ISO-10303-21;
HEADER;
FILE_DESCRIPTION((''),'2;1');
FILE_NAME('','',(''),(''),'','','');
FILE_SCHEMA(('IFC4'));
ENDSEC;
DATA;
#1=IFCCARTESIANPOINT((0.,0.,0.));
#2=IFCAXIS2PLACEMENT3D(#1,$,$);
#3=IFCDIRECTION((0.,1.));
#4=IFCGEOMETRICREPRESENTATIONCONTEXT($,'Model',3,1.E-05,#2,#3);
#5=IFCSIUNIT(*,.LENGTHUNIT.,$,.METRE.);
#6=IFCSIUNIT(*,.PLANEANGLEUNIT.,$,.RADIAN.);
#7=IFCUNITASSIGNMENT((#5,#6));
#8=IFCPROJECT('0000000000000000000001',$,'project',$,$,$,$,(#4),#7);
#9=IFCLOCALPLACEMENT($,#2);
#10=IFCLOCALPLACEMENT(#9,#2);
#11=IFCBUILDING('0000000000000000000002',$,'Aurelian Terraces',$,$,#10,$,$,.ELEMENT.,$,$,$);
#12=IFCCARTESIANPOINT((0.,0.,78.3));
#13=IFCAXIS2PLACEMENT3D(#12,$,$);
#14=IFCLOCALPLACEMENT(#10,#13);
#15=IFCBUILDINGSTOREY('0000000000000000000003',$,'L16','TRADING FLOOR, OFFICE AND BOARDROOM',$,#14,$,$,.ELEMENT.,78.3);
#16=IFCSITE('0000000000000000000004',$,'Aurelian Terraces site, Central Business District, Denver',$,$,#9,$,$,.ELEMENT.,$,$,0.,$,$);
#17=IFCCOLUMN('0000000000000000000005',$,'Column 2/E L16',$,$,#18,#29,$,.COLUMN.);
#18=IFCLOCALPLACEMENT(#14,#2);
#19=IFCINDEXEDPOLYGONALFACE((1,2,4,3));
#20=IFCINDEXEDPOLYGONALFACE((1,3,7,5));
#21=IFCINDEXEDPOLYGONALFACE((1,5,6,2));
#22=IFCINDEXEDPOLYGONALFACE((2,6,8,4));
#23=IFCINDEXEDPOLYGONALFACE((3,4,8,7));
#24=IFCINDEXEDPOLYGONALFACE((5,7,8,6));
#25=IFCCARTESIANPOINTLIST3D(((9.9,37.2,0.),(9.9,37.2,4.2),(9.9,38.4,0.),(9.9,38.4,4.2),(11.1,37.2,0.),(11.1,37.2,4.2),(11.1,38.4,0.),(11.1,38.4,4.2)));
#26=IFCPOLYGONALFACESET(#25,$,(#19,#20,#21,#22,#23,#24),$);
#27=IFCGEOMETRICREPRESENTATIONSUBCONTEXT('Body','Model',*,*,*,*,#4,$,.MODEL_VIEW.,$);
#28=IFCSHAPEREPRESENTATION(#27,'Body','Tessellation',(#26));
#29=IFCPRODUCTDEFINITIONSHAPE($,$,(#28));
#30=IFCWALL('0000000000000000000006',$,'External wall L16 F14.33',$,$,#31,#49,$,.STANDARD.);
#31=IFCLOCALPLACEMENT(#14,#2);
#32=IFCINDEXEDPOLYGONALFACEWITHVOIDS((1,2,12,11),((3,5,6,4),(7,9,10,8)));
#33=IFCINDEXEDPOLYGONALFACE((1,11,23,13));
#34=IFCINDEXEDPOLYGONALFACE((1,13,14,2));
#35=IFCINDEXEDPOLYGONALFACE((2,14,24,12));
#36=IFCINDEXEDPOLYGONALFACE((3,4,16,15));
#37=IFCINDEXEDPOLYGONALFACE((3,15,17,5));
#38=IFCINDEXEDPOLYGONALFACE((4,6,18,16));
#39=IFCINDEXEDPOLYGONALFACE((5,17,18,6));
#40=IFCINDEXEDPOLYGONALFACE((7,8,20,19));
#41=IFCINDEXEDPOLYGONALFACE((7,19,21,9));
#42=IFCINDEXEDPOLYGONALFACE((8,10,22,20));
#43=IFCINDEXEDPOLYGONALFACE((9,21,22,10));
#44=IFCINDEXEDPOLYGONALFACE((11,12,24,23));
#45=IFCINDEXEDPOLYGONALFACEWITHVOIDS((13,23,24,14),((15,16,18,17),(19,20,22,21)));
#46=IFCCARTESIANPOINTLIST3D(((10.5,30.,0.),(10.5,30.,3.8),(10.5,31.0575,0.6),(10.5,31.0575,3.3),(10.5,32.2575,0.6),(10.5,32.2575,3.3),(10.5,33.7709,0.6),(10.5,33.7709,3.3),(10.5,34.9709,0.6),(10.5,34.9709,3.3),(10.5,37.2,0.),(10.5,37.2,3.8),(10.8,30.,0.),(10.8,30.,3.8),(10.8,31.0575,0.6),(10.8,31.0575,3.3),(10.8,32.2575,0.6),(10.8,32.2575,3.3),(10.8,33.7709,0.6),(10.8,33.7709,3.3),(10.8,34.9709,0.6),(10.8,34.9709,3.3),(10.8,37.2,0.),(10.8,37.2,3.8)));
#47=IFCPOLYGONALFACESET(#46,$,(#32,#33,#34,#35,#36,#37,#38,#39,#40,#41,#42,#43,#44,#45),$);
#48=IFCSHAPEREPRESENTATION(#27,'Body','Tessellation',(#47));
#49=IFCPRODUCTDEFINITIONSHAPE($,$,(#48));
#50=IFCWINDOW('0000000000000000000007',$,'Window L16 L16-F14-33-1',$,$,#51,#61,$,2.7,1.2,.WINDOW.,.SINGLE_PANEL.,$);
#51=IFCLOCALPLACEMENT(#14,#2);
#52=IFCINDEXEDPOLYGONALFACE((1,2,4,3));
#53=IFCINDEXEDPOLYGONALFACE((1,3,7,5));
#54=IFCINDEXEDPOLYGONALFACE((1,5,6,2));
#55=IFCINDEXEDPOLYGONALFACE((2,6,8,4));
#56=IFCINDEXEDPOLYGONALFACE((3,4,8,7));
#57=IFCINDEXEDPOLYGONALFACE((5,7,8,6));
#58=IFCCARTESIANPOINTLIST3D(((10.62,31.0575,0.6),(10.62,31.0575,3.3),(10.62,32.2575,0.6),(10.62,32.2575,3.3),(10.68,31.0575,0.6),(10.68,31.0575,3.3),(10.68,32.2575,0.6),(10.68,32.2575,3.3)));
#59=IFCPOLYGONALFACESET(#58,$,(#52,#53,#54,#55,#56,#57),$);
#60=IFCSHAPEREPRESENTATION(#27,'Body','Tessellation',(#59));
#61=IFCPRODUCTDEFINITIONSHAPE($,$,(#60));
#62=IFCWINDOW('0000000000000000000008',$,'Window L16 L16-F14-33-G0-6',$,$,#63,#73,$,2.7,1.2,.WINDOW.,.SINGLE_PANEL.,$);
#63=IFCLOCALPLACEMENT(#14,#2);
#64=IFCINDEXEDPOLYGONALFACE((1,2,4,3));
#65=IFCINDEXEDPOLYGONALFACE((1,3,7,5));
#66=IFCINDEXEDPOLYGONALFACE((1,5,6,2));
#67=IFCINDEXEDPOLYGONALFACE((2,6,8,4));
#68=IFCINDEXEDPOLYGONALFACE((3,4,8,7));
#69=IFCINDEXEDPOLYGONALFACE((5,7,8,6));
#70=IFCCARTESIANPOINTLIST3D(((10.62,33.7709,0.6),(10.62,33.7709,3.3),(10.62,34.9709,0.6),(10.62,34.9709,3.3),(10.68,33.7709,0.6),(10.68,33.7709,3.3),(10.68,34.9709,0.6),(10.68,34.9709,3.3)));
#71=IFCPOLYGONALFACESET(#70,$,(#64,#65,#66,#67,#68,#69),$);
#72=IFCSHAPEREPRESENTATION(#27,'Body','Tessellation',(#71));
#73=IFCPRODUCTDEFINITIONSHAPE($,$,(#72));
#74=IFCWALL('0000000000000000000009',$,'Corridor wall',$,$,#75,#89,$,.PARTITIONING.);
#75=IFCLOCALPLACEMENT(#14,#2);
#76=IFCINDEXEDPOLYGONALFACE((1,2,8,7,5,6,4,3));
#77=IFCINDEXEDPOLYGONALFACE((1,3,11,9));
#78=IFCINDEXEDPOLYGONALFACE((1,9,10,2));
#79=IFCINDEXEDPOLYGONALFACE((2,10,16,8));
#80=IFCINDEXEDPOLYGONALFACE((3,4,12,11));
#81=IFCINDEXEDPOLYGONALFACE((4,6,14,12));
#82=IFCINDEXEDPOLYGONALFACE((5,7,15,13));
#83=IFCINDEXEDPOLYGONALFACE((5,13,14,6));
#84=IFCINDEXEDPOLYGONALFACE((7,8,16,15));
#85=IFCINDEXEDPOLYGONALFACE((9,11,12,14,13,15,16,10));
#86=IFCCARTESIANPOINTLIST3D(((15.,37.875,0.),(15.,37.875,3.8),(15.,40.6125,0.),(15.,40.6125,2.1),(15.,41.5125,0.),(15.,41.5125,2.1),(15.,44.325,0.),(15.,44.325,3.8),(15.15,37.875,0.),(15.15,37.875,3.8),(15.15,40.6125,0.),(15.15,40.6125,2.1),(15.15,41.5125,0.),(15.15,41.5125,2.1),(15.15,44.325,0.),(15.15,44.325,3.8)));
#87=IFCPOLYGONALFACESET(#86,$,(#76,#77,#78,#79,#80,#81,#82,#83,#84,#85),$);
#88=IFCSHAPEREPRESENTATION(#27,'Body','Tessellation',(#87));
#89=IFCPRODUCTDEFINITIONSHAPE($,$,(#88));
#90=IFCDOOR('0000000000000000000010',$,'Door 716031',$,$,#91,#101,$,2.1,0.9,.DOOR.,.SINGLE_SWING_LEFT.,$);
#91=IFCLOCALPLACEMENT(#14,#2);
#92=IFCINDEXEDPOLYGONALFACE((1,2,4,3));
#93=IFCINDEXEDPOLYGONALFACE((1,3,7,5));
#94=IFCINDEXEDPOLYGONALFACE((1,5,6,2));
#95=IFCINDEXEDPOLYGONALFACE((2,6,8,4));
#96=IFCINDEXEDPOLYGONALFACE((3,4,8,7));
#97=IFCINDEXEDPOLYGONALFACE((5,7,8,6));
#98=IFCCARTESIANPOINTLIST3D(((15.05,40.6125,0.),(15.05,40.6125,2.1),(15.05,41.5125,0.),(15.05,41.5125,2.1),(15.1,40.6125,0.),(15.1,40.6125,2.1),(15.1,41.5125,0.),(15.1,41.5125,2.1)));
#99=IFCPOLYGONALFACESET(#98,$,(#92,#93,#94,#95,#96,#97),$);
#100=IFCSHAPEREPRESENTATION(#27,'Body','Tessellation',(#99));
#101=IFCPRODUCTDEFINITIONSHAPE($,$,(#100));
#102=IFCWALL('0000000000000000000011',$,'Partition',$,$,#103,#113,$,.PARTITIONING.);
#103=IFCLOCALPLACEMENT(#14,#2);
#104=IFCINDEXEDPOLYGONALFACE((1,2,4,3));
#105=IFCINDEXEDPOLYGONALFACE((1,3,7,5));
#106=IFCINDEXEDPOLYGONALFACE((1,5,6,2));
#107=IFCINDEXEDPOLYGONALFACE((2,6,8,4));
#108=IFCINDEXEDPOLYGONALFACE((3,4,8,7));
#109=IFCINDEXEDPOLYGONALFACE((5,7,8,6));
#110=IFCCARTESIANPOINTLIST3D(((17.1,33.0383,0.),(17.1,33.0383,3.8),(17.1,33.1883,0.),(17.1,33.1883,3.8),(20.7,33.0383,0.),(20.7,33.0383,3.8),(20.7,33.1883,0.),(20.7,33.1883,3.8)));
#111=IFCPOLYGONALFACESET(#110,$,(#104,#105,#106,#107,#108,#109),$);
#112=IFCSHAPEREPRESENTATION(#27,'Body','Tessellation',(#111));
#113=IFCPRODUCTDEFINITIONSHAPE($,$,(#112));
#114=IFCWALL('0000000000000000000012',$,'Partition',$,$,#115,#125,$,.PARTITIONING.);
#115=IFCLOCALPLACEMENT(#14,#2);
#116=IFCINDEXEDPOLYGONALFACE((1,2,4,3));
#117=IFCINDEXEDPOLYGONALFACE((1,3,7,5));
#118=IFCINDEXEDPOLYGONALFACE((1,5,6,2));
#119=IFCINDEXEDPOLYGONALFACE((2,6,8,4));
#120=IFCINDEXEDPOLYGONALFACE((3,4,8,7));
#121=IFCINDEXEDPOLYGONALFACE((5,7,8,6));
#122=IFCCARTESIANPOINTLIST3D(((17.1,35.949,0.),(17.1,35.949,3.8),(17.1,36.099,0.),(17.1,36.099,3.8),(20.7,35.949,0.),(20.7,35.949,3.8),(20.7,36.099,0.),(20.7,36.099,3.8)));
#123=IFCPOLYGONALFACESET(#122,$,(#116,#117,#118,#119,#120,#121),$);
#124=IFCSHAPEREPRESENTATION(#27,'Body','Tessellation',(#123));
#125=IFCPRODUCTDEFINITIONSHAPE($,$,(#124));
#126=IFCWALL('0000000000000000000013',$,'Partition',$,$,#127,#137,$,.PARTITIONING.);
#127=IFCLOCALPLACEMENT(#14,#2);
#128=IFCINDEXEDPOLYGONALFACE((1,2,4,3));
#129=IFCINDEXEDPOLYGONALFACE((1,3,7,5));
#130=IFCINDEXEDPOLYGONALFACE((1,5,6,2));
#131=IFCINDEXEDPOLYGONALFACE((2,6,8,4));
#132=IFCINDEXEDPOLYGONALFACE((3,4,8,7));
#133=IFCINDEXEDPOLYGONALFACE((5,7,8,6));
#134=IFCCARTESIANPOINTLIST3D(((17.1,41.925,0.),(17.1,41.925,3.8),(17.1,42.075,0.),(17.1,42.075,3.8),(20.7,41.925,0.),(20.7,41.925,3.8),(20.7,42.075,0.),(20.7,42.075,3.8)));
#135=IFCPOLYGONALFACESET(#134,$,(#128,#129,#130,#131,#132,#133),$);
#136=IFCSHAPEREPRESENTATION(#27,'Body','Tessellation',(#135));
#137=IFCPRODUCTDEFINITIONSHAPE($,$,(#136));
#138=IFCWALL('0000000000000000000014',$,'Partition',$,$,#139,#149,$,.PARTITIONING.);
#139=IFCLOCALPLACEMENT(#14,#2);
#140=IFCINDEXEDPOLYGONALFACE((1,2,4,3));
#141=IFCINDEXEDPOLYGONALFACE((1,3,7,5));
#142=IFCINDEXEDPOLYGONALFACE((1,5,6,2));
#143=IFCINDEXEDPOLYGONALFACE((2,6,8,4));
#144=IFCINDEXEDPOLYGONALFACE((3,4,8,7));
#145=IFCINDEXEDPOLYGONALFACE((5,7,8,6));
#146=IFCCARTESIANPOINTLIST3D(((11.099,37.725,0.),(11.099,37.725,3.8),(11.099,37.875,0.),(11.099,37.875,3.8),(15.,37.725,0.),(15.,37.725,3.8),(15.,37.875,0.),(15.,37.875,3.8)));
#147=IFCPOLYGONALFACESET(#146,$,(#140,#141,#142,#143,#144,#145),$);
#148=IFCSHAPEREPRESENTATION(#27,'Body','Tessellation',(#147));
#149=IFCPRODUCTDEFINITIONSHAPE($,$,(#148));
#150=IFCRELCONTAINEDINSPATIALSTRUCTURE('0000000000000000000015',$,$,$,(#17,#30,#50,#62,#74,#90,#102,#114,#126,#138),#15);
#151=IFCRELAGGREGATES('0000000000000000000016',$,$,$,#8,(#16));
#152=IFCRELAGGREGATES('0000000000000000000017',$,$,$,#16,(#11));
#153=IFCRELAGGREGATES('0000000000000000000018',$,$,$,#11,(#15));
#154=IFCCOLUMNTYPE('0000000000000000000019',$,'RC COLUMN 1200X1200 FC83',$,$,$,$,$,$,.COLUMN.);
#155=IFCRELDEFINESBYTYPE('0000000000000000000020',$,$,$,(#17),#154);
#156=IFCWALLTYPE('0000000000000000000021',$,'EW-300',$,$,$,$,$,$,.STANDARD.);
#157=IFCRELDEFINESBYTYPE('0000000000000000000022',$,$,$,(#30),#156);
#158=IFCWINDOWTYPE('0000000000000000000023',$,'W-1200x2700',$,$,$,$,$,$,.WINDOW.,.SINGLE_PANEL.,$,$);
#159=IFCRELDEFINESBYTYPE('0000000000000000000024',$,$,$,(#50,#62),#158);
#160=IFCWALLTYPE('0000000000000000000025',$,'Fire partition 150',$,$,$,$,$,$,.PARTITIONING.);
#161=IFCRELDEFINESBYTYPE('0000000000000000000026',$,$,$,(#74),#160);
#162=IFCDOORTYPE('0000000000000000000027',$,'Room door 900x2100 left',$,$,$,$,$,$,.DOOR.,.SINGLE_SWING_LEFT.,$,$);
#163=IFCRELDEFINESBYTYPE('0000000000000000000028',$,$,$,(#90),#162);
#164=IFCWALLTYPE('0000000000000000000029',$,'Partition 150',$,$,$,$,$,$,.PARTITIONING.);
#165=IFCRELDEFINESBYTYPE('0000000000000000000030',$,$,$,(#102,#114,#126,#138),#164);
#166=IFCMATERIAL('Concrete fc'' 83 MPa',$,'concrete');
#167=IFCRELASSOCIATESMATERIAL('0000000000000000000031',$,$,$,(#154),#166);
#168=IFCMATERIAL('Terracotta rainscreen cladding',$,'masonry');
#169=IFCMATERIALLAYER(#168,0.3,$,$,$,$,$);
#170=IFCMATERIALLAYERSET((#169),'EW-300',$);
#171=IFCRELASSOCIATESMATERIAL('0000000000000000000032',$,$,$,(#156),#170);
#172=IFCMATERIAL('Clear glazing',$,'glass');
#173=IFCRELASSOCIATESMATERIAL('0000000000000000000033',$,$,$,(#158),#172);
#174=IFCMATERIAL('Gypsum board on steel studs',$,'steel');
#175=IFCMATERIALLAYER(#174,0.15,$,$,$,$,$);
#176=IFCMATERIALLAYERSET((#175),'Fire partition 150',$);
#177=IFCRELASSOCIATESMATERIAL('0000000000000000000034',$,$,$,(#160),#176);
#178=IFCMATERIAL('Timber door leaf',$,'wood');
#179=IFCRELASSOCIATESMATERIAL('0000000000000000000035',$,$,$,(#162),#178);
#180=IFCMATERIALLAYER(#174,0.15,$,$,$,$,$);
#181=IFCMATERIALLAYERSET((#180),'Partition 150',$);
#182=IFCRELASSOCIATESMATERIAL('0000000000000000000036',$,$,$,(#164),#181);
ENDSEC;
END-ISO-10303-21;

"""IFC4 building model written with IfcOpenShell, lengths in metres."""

from ifc_helpers import new_model, si_unit, direction, frame, frame_2d, origin, origin_2d, place, context, subcontext, project, spatial, rectangle, extrude, source, transform, mapped, material, layer, layer_set, material_profile, profile_set, type_object, element, fill, save


model = new_model("IFC4")

# Units and contexts
model_context = context("Model", 3, precision=1e-05, world=origin(), true_north=direction((0.0, 1.0)))
body_context = subcontext(model_context, "Body", "Model", "MODEL_VIEW")
ifc_project = project(units=[si_unit("LENGTHUNIT", "METRE"), si_unit("PLANEANGLEUNIT", "RADIAN")], contexts=[model_context])

# Site, building, storey
site_placement = place(None, origin())
site = spatial("IfcSite", under=ifc_project, at=site_placement, Name="Aurelian Terraces site, Central Business District, Denver", CompositionType="ELEMENT", RefElevation=0.0)
building_placement = place(site_placement, origin())
building = spatial("IfcBuilding", under=site, at=building_placement, Name="Aurelian Terraces", CompositionType="ELEMENT")
storey_placement = place(building_placement, frame((0.0, 0.0, 78.3)))
storey = spatial("IfcBuildingStorey", under=building, at=storey_placement, Name="L16", Description="TRADING FLOOR, OFFICE AND BOARDROOM", CompositionType="ELEMENT", Elevation=78.3)

# Column
ifc_material_1 = material(Name="Concrete fc' 83 MPa", Category="concrete")
ifc_material_profile = material_profile(ifc_material_1, rectangle(XDim=1.2, YDim=1.2, at=origin_2d()))
ifc_profile_set = profile_set([ifc_material_profile], Name="Concrete fc' 83 MPa")
column_type = type_object("IfcColumnType", Name="RC COLUMN 1200X1200 FC83", PredefinedType="COLUMN", material=ifc_profile_set)
shared_shape_1 = source(origin(), body_context, "Body", "SweptSolid", [
    extrude(rectangle(XDim=1.2, YDim=1.2, at=origin_2d()), origin(), (0.0, 0.0, 1.0), 4.2),
])
column_placement = place(storey_placement, frame((10.5, 37.8, 0.0), z_axis=(0.0, 0.0, 1.0), x_axis=(1.0, 0.0, 0.0)))
element("IfcColumn", 1, at=column_placement, inside=storey, type_object=column_type, Name="Column 2/E L16", PredefinedType="COLUMN", context=body_context, shape_type="MappedRepresentation", body=[
    mapped(shared_shape_1, transform((0.0, 0.0, 0.0), scale=1.0)),
])

# Wall, openings, windows
ifc_material_2 = material(Name="Terracotta rainscreen cladding", Category="masonry")
ifc_layer_1 = layer(ifc_material_2, 0.3)
ifc_layer_set_1 = layer_set([ifc_layer_1], Name="EW-300")
wall_type_1 = type_object("IfcWallType", Name="EW-300", PredefinedType="STANDARD", material=ifc_layer_set_1)
shared_shape_2 = source(origin(), body_context, "Body", "SweptSolid", [
    extrude(rectangle(XDim=7.2, YDim=0.3, at=frame_2d((3.6, 0.0))), origin(), (0.0, 0.0, 1.0), 3.8),
])
wall_1_placement = place(storey_placement, frame((10.65, 37.2, 0.0), z_axis=(0.0, 0.0, 1.0), x_axis=(0.0, -1.0, 0.0)))
wall_1 = element("IfcWall", 2, at=wall_1_placement, inside=storey, type_object=wall_type_1, Name="External wall L16 F14.33", PredefinedType="STANDARD", context=body_context, shape_type="MappedRepresentation", body=[
    mapped(shared_shape_2, transform((0.0, 0.0, 0.0), scale=1.0)),
])
shared_shape_3 = source(origin(), body_context, "Body", "SweptSolid", [
    extrude(rectangle(XDim=1.2, YDim=2.7, at=frame_2d((0.6, 1.35))), frame((0.0, 0.16, 0.0), z_axis=(0.0, -1.0, 0.0), x_axis=(1.0, 0.0, 0.0)), (0.0, 0.0, 1.0), 0.32),
])
opening_1_placement = place(wall_1_placement, frame((4.9425, 0.0, 0.6)))
opening_1 = element("IfcOpeningElement", 3, at=opening_1_placement, cuts=wall_1, PredefinedType="OPENING", context=body_context, shape_type="MappedRepresentation", body=[
    mapped(shared_shape_3, transform((0.0, 0.0, 0.0), scale=1.0)),
])
opening_2_placement = place(wall_1_placement, frame((2.2291, 0.0, 0.6)))
opening_2 = element("IfcOpeningElement", 4, at=opening_2_placement, cuts=wall_1, PredefinedType="OPENING", context=body_context, shape_type="MappedRepresentation", body=[
    mapped(shared_shape_3, transform((0.0, 0.0, 0.0), scale=1.0)),
])
ifc_material_3 = material(Name="Clear glazing", Category="glass")
window_type = type_object("IfcWindowType", Name="W-1200x2700", PartitioningType="SINGLE_PANEL", PredefinedType="WINDOW", material=ifc_material_3)
shared_shape_4 = source(origin(), body_context, "Body", "SweptSolid", [
    extrude(rectangle(XDim=1.2, YDim=2.7, at=frame_2d((0.6, 1.35))), frame((0.0, 0.03, 0.0), z_axis=(0.0, -1.0, 0.0), x_axis=(1.0, 0.0, 0.0)), (0.0, 0.0, 1.0), 0.06),
])
window_1_placement = place(opening_1_placement, origin())
window_1 = element("IfcWindow", 5, at=window_1_placement, inside=storey, type_object=window_type, Name="Window L16 L16-F14-33-1", OverallHeight=2.7, OverallWidth=1.2, PartitioningType="SINGLE_PANEL", PredefinedType="WINDOW", context=body_context, shape_type="MappedRepresentation", body=[
    mapped(shared_shape_4, transform((0.0, 0.0, 0.0), scale=1.0)),
])
fill(opening_1, window_1)
window_2_placement = place(opening_2_placement, origin())
window_2 = element("IfcWindow", 6, at=window_2_placement, inside=storey, type_object=window_type, Name="Window L16 L16-F14-33-G0-6", OverallHeight=2.7, OverallWidth=1.2, PartitioningType="SINGLE_PANEL", PredefinedType="WINDOW", context=body_context, shape_type="MappedRepresentation", body=[
    mapped(shared_shape_4, transform((0.0, 0.0, 0.0), scale=1.0)),
])
fill(opening_2, window_2)

# Wall, opening, door
ifc_material_4 = material(Name="Gypsum board on steel studs", Category="steel")
ifc_layer_2 = layer(ifc_material_4, 0.15)
ifc_layer_set_2 = layer_set([ifc_layer_2], Name="Fire partition 150")
wall_type_2 = type_object("IfcWallType", Name="Fire partition 150", PredefinedType="PARTITIONING", material=ifc_layer_set_2)
shared_shape_5 = source(origin(), body_context, "Body", "SweptSolid", [
    extrude(rectangle(XDim=6.45, YDim=0.15, at=frame_2d((3.225, 0.0))), origin(), (0.0, 0.0, 1.0), 3.8),
])
wall_2_placement = place(storey_placement, frame((15.075, 37.875, 0.0), z_axis=(0.0, 0.0, 1.0), x_axis=(0.0, 1.0, 0.0)))
wall_2 = element("IfcWall", 7, at=wall_2_placement, inside=storey, type_object=wall_type_2, Name="Corridor wall", PredefinedType="PARTITIONING", context=body_context, shape_type="MappedRepresentation", body=[
    mapped(shared_shape_5, transform((0.0, 0.0, 0.0), scale=1.0)),
])
shared_shape_6 = source(origin(), body_context, "Body", "SweptSolid", [
    extrude(rectangle(XDim=0.9, YDim=2.1, at=frame_2d((0.45, 1.05))), frame((0.0, 0.085, 0.0), z_axis=(0.0, -1.0, 0.0), x_axis=(1.0, 0.0, 0.0)), (0.0, 0.0, 1.0), 0.17),
])
opening_3_placement = place(wall_2_placement, frame((2.7375, 0.0, 0.0)))
opening_3 = element("IfcOpeningElement", 8, at=opening_3_placement, cuts=wall_2, PredefinedType="OPENING", context=body_context, shape_type="MappedRepresentation", body=[
    mapped(shared_shape_6, transform((0.0, 0.0, 0.0), scale=1.0)),
])
ifc_material_5 = material(Name="Timber door leaf", Category="wood")
door_type = type_object("IfcDoorType", Name="Room door 900x2100 left", OperationType="SINGLE_SWING_LEFT", PredefinedType="DOOR", material=ifc_material_5)
shared_shape_7 = source(origin(), body_context, "Body", "SweptSolid", [
    extrude(rectangle(XDim=0.9, YDim=2.1, at=frame_2d((0.45, 1.05))), frame((0.0, 0.025, 0.0), z_axis=(0.0, -1.0, 0.0), x_axis=(1.0, 0.0, 0.0)), (0.0, 0.0, 1.0), 0.05),
])
door_1_placement = place(opening_3_placement, origin())
door_1 = element("IfcDoor", 9, at=door_1_placement, inside=storey, type_object=door_type, Name="Door 716031", OperationType="SINGLE_SWING_LEFT", OverallHeight=2.1, OverallWidth=0.9, PredefinedType="DOOR", context=body_context, shape_type="MappedRepresentation", body=[
    mapped(shared_shape_7, transform((0.0, 0.0, 0.0), scale=1.0)),
])
fill(opening_3, door_1)

# Walls
ifc_layer_3 = layer(ifc_material_4, 0.15)
ifc_layer_set_3 = layer_set([ifc_layer_3], Name="Partition 150")
wall_type_3 = type_object("IfcWallType", Name="Partition 150", PredefinedType="PARTITIONING", material=ifc_layer_set_3)
shared_shape_8 = source(origin(), body_context, "Body", "SweptSolid", [
    extrude(rectangle(XDim=3.6, YDim=0.15, at=frame_2d((1.8, 0.0))), origin(), (0.0, 0.0, 1.0), 3.8),
])
for number, where, z_axis, x_axis, name in (
    (10, (17.1, 33.1133, 0.0), (0.0, 0.0, 1.0), (1.0, 0.0, 0.0), "Partition"),
    (11, (17.1, 36.024, 0.0), (0.0, 0.0, 1.0), (1.0, 0.0, 0.0), "Partition"),
    (12, (17.1, 42.0, 0.0), (0.0, 0.0, 1.0), (1.0, 0.0, 0.0), "Partition"),
):
    element("IfcWall", number, at=place(storey_placement, frame(where, z_axis=z_axis, x_axis=x_axis)), inside=storey, type_object=wall_type_3, Name=name, PredefinedType="PARTITIONING", context=body_context, shape_type="MappedRepresentation", body=[
        mapped(shared_shape_8, transform((0.0, 0.0, 0.0), scale=1.0)),
    ])
shared_shape_9 = source(origin(), body_context, "Body", "SweptSolid", [
    extrude(rectangle(XDim=3.901, YDim=0.15, at=frame_2d((1.9505, 0.0))), origin(), (0.0, 0.0, 1.0), 3.8),
])
wall_3_placement = place(storey_placement, frame((15.0, 37.8, 0.0), z_axis=(0.0, 0.0, 1.0), x_axis=(-1.0, 0.0, 0.0)))
element("IfcWall", 13, at=wall_3_placement, inside=storey, type_object=wall_type_3, Name="Partition", PredefinedType="PARTITIONING", context=body_context, shape_type="MappedRepresentation", body=[
    mapped(shared_shape_9, transform((0.0, 0.0, 0.0), scale=1.0)),
])

save(model, "model.ifc")
